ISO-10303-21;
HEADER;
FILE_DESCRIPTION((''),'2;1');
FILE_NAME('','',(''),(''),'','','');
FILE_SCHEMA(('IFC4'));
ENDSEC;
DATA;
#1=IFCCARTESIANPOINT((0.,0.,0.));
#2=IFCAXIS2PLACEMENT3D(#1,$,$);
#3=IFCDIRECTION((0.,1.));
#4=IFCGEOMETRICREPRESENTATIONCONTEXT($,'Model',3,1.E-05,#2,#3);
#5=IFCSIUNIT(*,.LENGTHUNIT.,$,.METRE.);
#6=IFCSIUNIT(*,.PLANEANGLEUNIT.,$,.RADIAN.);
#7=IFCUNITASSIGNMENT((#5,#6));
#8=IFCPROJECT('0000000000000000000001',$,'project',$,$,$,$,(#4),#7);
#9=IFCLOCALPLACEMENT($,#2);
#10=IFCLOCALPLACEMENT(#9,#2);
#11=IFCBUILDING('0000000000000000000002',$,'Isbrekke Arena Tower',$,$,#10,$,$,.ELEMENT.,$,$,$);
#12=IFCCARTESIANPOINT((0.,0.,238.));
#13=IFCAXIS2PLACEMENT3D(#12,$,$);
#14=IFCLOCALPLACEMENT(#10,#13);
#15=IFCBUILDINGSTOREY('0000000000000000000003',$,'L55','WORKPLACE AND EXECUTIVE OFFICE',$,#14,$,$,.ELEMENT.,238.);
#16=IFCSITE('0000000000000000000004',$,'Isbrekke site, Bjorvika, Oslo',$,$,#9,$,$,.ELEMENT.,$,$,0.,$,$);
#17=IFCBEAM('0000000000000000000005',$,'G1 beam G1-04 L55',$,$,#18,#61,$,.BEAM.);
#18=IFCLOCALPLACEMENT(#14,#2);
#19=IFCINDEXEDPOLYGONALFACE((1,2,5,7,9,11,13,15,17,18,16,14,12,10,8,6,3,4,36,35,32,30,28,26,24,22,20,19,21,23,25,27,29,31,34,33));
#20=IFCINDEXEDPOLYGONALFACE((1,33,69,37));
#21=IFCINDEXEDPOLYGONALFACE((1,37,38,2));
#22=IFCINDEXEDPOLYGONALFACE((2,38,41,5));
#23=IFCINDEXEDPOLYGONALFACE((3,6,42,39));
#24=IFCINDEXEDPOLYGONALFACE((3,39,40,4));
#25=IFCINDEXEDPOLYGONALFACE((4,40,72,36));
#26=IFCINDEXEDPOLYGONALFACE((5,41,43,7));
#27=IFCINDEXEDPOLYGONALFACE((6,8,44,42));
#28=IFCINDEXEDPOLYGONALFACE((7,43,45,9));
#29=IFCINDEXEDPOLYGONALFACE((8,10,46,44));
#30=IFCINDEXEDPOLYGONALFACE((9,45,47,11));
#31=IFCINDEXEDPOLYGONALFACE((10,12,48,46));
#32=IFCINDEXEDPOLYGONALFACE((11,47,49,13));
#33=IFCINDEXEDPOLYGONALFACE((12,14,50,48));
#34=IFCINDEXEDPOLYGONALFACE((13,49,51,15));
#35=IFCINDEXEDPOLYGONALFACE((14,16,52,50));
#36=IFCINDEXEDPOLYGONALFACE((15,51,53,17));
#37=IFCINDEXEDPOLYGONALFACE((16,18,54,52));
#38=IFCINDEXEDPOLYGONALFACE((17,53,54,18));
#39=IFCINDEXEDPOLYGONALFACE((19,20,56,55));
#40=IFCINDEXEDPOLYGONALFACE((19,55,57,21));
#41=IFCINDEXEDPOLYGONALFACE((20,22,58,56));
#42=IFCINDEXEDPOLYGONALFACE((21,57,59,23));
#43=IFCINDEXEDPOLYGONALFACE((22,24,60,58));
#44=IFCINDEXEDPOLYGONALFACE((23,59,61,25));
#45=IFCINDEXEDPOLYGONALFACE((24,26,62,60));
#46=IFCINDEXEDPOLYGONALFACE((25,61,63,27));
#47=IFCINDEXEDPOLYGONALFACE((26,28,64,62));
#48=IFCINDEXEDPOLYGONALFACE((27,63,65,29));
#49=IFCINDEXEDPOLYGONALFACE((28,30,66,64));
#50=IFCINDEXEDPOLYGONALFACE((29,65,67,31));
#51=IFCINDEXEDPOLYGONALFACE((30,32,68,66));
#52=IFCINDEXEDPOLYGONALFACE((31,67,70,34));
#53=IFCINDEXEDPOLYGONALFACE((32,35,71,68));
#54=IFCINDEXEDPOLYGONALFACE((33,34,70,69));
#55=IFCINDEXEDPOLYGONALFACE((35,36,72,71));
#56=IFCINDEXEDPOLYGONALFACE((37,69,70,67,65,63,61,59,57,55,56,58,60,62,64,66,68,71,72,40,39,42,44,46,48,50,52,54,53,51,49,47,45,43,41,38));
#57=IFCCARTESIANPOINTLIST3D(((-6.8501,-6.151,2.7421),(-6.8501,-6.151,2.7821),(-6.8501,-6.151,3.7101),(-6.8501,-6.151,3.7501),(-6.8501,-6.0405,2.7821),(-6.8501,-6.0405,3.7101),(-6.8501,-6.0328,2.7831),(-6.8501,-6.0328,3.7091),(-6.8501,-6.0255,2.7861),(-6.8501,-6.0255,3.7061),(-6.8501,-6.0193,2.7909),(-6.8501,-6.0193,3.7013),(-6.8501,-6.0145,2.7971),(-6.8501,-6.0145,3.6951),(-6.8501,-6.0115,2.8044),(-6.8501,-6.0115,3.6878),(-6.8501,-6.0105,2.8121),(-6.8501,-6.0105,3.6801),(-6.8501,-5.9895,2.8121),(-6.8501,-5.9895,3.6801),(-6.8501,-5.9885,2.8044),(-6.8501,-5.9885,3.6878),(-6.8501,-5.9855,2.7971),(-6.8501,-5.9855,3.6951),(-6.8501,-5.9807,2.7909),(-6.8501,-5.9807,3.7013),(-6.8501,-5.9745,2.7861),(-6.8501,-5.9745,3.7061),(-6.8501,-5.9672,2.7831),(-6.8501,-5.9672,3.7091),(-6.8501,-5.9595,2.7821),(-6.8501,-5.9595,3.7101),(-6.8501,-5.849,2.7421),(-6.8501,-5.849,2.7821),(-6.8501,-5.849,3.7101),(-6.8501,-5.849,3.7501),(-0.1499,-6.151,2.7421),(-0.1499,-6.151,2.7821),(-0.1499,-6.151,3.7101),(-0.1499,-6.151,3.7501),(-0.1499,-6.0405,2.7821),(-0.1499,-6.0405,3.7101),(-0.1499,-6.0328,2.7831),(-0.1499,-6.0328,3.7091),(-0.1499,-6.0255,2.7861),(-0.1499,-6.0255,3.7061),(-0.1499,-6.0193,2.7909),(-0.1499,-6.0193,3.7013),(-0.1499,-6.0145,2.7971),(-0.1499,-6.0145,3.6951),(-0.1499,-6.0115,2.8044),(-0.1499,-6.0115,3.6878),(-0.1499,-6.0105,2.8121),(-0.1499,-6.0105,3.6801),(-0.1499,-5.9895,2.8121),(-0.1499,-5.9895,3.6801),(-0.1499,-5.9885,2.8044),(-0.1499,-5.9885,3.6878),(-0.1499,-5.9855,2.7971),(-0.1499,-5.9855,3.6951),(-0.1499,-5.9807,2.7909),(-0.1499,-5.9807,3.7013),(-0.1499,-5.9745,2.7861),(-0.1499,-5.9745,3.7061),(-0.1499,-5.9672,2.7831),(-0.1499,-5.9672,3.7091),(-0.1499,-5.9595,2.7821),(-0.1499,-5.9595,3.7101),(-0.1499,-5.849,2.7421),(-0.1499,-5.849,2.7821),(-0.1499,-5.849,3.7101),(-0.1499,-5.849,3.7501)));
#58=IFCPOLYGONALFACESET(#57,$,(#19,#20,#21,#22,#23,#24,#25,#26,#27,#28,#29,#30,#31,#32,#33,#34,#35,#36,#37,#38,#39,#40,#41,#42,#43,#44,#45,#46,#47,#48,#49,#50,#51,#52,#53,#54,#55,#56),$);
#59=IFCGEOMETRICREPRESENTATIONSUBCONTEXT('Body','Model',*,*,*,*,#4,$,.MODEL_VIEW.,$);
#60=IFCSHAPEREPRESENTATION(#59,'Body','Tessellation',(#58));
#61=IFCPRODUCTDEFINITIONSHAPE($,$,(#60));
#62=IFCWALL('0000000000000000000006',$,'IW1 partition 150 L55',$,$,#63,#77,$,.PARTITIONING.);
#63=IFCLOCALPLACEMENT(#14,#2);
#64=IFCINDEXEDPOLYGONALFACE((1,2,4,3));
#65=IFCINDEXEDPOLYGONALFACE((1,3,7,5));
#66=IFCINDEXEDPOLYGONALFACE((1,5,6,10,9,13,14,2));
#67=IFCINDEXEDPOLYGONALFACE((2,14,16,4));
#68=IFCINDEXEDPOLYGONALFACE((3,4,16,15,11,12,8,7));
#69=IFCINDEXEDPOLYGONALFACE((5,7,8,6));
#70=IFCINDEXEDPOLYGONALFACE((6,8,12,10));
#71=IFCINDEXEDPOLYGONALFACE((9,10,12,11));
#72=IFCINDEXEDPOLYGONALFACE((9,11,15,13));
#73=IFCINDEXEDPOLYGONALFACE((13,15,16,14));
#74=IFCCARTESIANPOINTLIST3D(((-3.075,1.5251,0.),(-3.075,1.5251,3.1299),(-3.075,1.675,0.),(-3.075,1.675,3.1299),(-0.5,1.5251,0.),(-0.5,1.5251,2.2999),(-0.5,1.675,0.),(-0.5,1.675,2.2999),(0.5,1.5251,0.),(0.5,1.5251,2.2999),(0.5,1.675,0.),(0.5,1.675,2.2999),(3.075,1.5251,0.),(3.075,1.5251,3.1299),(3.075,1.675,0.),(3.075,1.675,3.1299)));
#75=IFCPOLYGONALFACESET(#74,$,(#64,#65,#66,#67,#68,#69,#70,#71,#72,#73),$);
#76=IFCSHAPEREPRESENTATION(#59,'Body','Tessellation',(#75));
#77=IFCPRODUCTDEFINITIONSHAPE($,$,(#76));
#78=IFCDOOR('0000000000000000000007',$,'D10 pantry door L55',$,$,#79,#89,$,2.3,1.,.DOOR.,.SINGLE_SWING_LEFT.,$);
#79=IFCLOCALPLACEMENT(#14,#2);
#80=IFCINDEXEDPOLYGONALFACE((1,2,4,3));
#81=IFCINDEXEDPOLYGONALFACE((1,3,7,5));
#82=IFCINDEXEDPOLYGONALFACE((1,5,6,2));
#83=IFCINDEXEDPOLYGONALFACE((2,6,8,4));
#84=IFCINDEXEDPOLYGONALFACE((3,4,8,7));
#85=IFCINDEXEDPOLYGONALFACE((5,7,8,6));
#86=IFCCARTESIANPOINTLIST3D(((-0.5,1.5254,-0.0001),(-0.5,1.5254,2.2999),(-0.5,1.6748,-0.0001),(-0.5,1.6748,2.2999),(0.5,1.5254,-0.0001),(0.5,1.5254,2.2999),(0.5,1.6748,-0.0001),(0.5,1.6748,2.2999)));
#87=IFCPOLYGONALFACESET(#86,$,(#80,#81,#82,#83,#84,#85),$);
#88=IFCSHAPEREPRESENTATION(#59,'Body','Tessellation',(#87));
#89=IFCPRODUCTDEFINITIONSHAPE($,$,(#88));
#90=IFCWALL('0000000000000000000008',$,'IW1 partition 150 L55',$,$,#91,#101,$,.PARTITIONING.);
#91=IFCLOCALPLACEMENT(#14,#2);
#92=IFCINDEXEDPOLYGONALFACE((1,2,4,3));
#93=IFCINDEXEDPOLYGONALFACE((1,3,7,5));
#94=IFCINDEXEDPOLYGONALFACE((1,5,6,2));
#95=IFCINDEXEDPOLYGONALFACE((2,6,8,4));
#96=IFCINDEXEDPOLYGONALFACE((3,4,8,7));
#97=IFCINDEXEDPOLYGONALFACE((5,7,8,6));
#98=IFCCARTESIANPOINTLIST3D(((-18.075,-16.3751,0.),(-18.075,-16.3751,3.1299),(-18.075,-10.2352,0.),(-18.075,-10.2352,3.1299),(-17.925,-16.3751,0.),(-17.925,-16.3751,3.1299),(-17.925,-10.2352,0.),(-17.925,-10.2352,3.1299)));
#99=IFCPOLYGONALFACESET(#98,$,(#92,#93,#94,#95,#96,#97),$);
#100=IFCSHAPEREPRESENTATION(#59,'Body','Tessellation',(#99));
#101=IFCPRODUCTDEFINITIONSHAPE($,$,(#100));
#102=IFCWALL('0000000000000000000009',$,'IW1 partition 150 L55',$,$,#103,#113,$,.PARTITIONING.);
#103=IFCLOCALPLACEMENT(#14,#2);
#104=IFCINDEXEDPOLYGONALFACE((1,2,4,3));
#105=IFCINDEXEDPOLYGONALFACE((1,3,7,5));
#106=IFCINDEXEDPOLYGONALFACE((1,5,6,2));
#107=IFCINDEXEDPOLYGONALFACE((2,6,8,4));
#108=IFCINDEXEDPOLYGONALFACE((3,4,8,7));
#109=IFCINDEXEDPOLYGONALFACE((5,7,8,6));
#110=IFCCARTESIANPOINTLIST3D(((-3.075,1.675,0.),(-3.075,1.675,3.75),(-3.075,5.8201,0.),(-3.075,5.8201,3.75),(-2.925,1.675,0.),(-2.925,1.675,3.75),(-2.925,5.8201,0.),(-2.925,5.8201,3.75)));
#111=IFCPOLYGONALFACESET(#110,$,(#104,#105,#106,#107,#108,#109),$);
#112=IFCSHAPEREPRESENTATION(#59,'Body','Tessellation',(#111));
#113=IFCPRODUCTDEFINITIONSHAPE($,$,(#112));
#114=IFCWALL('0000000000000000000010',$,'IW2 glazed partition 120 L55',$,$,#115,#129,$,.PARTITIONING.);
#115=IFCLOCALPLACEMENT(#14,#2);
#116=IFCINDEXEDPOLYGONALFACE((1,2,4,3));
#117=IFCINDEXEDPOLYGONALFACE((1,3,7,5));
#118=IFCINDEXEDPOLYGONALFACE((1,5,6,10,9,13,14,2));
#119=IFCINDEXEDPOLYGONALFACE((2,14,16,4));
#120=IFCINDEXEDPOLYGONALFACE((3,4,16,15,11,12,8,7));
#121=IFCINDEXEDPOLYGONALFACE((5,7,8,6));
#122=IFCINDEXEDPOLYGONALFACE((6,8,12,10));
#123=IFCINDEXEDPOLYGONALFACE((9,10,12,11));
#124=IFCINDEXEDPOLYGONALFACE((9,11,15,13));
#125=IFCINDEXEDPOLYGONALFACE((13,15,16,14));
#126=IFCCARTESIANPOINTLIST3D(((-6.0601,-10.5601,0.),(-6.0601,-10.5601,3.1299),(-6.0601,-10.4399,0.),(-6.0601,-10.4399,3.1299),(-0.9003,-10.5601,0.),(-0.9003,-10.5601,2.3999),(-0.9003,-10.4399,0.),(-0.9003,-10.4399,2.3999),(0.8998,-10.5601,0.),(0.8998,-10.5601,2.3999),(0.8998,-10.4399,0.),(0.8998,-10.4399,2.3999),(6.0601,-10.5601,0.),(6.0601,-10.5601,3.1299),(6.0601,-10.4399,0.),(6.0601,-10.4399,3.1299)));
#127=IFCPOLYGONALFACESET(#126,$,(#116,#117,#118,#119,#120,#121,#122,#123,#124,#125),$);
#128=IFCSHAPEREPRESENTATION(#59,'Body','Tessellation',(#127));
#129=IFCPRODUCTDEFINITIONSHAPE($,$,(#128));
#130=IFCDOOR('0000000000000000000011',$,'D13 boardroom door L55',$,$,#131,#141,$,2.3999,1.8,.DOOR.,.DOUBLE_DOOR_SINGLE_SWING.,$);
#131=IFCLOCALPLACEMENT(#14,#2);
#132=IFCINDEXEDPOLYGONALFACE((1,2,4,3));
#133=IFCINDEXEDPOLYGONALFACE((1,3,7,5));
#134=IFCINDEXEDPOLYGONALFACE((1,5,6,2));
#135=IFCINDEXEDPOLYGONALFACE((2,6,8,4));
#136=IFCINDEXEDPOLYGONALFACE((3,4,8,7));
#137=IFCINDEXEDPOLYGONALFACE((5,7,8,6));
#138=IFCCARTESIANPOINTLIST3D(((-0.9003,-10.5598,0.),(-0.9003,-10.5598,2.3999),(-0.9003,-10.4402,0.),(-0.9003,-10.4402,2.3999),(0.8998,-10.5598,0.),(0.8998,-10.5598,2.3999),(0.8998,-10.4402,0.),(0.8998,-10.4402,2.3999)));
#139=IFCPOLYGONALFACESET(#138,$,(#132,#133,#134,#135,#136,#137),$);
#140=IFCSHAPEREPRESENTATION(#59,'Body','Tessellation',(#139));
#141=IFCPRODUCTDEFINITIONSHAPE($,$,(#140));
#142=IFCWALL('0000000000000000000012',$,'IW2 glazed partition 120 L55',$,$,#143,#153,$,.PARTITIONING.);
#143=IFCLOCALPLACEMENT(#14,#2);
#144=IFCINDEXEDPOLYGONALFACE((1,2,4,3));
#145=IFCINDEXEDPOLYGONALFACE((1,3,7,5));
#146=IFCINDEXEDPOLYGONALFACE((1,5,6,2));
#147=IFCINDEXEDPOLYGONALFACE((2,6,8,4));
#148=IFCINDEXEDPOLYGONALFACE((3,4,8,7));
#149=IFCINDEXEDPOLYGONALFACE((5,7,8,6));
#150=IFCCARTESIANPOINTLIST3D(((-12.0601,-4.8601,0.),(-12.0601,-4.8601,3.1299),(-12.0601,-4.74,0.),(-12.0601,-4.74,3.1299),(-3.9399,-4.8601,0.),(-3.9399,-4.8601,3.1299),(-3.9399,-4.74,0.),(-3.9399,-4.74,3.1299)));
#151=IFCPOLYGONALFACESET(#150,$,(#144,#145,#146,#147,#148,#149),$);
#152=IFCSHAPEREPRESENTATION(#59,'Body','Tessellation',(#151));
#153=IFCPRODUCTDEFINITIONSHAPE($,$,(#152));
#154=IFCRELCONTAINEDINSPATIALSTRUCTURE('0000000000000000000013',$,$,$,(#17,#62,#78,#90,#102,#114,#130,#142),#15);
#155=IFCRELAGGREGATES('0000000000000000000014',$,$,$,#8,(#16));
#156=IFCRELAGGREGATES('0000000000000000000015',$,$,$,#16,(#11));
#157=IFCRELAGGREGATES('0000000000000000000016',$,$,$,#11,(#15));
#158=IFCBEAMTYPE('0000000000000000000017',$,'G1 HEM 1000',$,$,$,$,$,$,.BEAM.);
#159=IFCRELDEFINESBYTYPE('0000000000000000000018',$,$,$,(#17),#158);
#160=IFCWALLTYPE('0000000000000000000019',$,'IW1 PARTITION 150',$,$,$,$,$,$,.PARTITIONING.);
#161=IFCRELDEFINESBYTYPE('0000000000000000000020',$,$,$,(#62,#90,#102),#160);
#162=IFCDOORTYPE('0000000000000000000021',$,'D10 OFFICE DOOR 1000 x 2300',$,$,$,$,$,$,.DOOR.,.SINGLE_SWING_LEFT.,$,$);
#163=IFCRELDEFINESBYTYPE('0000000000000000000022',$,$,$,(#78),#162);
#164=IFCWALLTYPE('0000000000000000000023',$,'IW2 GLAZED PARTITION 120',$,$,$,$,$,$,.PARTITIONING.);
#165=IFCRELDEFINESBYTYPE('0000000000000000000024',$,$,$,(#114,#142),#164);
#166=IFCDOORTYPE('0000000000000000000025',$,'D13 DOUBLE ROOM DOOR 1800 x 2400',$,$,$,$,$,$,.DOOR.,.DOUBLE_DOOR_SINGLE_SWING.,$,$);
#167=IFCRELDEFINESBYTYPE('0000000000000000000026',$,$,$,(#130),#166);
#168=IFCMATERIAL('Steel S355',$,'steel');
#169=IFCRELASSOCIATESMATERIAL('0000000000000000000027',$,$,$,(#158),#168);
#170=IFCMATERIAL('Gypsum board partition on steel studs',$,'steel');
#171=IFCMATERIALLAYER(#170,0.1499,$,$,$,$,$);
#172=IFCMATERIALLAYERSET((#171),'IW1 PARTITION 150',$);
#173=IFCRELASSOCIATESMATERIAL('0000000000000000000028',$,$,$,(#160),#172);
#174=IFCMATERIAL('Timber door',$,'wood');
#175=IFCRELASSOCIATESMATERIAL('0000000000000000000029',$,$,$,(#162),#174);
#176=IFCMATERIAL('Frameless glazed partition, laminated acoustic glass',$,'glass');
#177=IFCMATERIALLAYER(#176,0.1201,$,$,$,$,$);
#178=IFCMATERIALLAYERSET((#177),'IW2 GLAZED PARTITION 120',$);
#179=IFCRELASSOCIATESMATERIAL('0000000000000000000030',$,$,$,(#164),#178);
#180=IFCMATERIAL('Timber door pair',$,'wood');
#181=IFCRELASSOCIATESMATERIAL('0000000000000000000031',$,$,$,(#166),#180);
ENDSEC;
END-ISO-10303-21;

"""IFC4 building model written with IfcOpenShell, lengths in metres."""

from ifc_helpers import new_model, si_unit, direction, frame, frame_2d, origin, origin_2d, place, context, subcontext, project, spatial, rectangle, i_section, extrude, material, layer, layer_set, material_profile, profile_set, type_object, element, fill, save


model = new_model("IFC4")

# Units and contexts
model_context = context("Model", 3, precision=1e-05, world=origin(), true_north=direction((0.0, 1.0)))
body_context = subcontext(model_context, "Body", "Model", "MODEL_VIEW")
ifc_project = project(units=[si_unit("LENGTHUNIT", "METRE"), si_unit("PLANEANGLEUNIT", "RADIAN")], contexts=[model_context])

# Site, building, storey
site_placement = place(None, origin())
site = spatial("IfcSite", under=ifc_project, at=site_placement, Name="Isbrekke site, Bjorvika, Oslo", CompositionType="ELEMENT", RefElevation=0.0)
building_placement = place(site_placement, origin())
building = spatial("IfcBuilding", under=site, at=building_placement, Name="Isbrekke Arena Tower", CompositionType="ELEMENT")
storey_placement = place(building_placement, frame((0.0, 0.0, 238.0)))
storey = spatial("IfcBuildingStorey", under=building, at=storey_placement, Name="L55", Description="WORKPLACE AND EXECUTIVE OFFICE", CompositionType="ELEMENT", Elevation=238.0)

# Beam
ifc_material_1 = material(Name="Steel S355", Category="steel")
ifc_material_profile_1 = material_profile(ifc_material_1, i_section(OverallWidth=0.302, OverallDepth=1.0081, WebThickness=0.021, FlangeThickness=0.04, FilletRadius=0.03, at=origin_2d()), Name="HEM 1000")
ifc_profile_set_1 = profile_set([ifc_material_profile_1], Name="Steel S355")
beam_type_1 = type_object("IfcBeamType", Name="G1 HEM 1000", PredefinedType="BEAM", material=ifc_profile_set_1)
for number, where, z_axis, x_axis, name in (
    (1, (-6.8501, -6.0, 3.2461), (1.0, 0.0, 0.0), (0.0, 1.0, 0.0), "G1 beam G1-04 L55"),
):
    element("IfcBeam", number, at=place(storey_placement, frame(where, z_axis=z_axis, x_axis=x_axis)), inside=storey, type_object=beam_type_1, Name=name, PredefinedType="BEAM", context=body_context, shape_type="SweptSolid", body=[
        extrude(i_section(OverallWidth=0.302, OverallDepth=1.0081, WebThickness=0.021, FlangeThickness=0.04, FilletRadius=0.03, at=origin_2d()), origin(), (0.0, 0.0, 1.0), 6.7002),
    ])

# Wall, opening, door
ifc_material_2 = material(Name="Gypsum board partition on steel studs", Category="steel")
ifc_layer_1 = layer(ifc_material_2, 0.1499)
ifc_layer_set_1 = layer_set([ifc_layer_1], Name="IW1 PARTITION 150")
wall_type_1 = type_object("IfcWallType", Name="IW1 PARTITION 150", PredefinedType="PARTITIONING", material=ifc_layer_set_1)
wall_1_placement = place(storey_placement, frame((-3.075, 1.6001, 0.0), z_axis=(0.0, 0.0, 1.0), x_axis=(1.0, 0.0, 0.0)))
wall_1 = element("IfcWall", 2, at=wall_1_placement, inside=storey, type_object=wall_type_1, Name="IW1 partition 150 L55", PredefinedType="PARTITIONING", context=body_context, shape_type="SweptSolid", body=[
    extrude(rectangle(XDim=6.1499, YDim=0.1499, at=frame_2d((3.075, 0.0))), origin(), (0.0, 0.0, 1.0), 3.1299),
])
opening_1_placement = place(wall_1_placement, frame((2.575, 0.0, 0.0)))
opening_1 = element("IfcOpeningElement", 3, at=opening_1_placement, cuts=wall_1, PredefinedType="OPENING", context=body_context, shape_type="SweptSolid", body=[
    extrude(rectangle(XDim=1.0, YDim=2.3, at=frame_2d((0.5, 1.1499))), frame((0.0, 0.0898, 0.0), z_axis=(0.0, -1.0, 0.0), x_axis=(1.0, 0.0, 0.0)), (0.0, 0.0, 1.0), 0.1797),
])
ifc_material_3 = material(Name="Timber door", Category="wood")
door_type_1 = type_object("IfcDoorType", Name="D10 OFFICE DOOR 1000 x 2300", OperationType="SINGLE_SWING_LEFT", PredefinedType="DOOR", material=ifc_material_3)
door_1_placement = place(opening_1_placement, origin())
door_1 = element("IfcDoor", 4, at=door_1_placement, inside=storey, type_object=door_type_1, Name="D10 pantry door L55", OperationType="SINGLE_SWING_LEFT", OverallHeight=2.3, OverallWidth=1.0, PredefinedType="DOOR", context=body_context, shape_type="SweptSolid", body=[
    extrude(rectangle(XDim=1.0, YDim=2.3, at=frame_2d((0.5, 1.1499))), frame((0.0, 0.0747, 0.0), z_axis=(0.0, -1.0, 0.0), x_axis=(1.0, 0.0, 0.0)), (0.0, 0.0, 1.0), 0.1494),
])
fill(opening_1, door_1)

# Walls
wall_2_placement = place(storey_placement, frame((-18.0, -16.375, 0.0), z_axis=(0.0, 0.0, 1.0), x_axis=(0.0, 1.0, 0.0)))
element("IfcWall", 5, at=wall_2_placement, inside=storey, type_object=wall_type_1, Name="IW1 partition 150 L55", PredefinedType="PARTITIONING", context=body_context, shape_type="SweptSolid", body=[
    extrude(rectangle(XDim=6.1399, YDim=0.1499, at=frame_2d((3.0698, 0.0))), origin(), (0.0, 0.0, 1.0), 3.1299),
])
wall_3_placement = place(storey_placement, frame((-3.0, 1.675, 0.0), z_axis=(0.0, 0.0, 1.0), x_axis=(0.0, 1.0, 0.0)))
element("IfcWall", 6, at=wall_3_placement, inside=storey, type_object=wall_type_1, Name="IW1 partition 150 L55", PredefinedType="PARTITIONING", context=body_context, shape_type="SweptSolid", body=[
    extrude(rectangle(XDim=4.145, YDim=0.1499, at=frame_2d((2.0725, 0.0))), origin(), (0.0, 0.0, 1.0), 3.75),
])

# Wall, opening, door
ifc_material_4 = material(Name="Frameless glazed partition, laminated acoustic glass", Category="glass")
ifc_layer_2 = layer(ifc_material_4, 0.1201)
ifc_layer_set_2 = layer_set([ifc_layer_2], Name="IW2 GLAZED PARTITION 120")
wall_type_2 = type_object("IfcWallType", Name="IW2 GLAZED PARTITION 120", PredefinedType="PARTITIONING", material=ifc_layer_set_2)
wall_4_placement = place(storey_placement, frame((-6.0601, -10.5, 0.0), z_axis=(0.0, 0.0, 1.0), x_axis=(1.0, 0.0, 0.0)))
wall_4 = element("IfcWall", 7, at=wall_4_placement, inside=storey, type_object=wall_type_2, Name="IW2 glazed partition 120 L55", PredefinedType="PARTITIONING", context=body_context, shape_type="SweptSolid", body=[
    extrude(rectangle(XDim=12.1201, YDim=0.1201, at=frame_2d((6.0601, 0.0))), origin(), (0.0, 0.0, 1.0), 3.1299),
])
opening_2_placement = place(wall_4_placement, frame((5.1599, 0.0, 0.0)))
opening_2 = element("IfcOpeningElement", 8, at=opening_2_placement, cuts=wall_4, PredefinedType="OPENING", context=body_context, shape_type="SweptSolid", body=[
    extrude(rectangle(XDim=1.8, YDim=2.3999, at=frame_2d((0.8999, 1.2))), frame((0.0, 0.075, 0.0), z_axis=(0.0, -1.0, 0.0), x_axis=(1.0, 0.0, 0.0)), (0.0, 0.0, 1.0), 0.1499),
])
ifc_material_5 = material(Name="Timber door pair", Category="wood")
door_type_2 = type_object("IfcDoorType", Name="D13 DOUBLE ROOM DOOR 1800 x 2400", OperationType="DOUBLE_DOOR_SINGLE_SWING", PredefinedType="DOOR", material=ifc_material_5)
door_2_placement = place(opening_2_placement, origin())
door_2 = element("IfcDoor", 9, at=door_2_placement, inside=storey, type_object=door_type_2, Name="D13 boardroom door L55", OperationType="DOUBLE_DOOR_SINGLE_SWING", OverallHeight=2.3999, OverallWidth=1.8, PredefinedType="DOOR", context=body_context, shape_type="SweptSolid", body=[
    extrude(rectangle(XDim=1.8, YDim=2.3999, at=frame_2d((0.8999, 1.2))), frame((0.0, 0.0598, 0.0), z_axis=(0.0, -1.0, 0.0), x_axis=(1.0, 0.0, 0.0)), (0.0, 0.0, 1.0), 0.1196),
])
fill(opening_2, door_2)

# Wall
wall_5_placement = place(storey_placement, frame((-12.0601, -4.8, 0.0), z_axis=(0.0, 0.0, 1.0), x_axis=(1.0, 0.0, 0.0)))
element("IfcWall", 10, at=wall_5_placement, inside=storey, type_object=wall_type_2, Name="IW2 glazed partition 120 L55", PredefinedType="PARTITIONING", context=body_context, shape_type="SweptSolid", body=[
    extrude(rectangle(XDim=8.1201, YDim=0.1201, at=frame_2d((4.0601, 0.0))), origin(), (0.0, 0.0, 1.0), 3.1299),
])

save(model, "model.ifc")
